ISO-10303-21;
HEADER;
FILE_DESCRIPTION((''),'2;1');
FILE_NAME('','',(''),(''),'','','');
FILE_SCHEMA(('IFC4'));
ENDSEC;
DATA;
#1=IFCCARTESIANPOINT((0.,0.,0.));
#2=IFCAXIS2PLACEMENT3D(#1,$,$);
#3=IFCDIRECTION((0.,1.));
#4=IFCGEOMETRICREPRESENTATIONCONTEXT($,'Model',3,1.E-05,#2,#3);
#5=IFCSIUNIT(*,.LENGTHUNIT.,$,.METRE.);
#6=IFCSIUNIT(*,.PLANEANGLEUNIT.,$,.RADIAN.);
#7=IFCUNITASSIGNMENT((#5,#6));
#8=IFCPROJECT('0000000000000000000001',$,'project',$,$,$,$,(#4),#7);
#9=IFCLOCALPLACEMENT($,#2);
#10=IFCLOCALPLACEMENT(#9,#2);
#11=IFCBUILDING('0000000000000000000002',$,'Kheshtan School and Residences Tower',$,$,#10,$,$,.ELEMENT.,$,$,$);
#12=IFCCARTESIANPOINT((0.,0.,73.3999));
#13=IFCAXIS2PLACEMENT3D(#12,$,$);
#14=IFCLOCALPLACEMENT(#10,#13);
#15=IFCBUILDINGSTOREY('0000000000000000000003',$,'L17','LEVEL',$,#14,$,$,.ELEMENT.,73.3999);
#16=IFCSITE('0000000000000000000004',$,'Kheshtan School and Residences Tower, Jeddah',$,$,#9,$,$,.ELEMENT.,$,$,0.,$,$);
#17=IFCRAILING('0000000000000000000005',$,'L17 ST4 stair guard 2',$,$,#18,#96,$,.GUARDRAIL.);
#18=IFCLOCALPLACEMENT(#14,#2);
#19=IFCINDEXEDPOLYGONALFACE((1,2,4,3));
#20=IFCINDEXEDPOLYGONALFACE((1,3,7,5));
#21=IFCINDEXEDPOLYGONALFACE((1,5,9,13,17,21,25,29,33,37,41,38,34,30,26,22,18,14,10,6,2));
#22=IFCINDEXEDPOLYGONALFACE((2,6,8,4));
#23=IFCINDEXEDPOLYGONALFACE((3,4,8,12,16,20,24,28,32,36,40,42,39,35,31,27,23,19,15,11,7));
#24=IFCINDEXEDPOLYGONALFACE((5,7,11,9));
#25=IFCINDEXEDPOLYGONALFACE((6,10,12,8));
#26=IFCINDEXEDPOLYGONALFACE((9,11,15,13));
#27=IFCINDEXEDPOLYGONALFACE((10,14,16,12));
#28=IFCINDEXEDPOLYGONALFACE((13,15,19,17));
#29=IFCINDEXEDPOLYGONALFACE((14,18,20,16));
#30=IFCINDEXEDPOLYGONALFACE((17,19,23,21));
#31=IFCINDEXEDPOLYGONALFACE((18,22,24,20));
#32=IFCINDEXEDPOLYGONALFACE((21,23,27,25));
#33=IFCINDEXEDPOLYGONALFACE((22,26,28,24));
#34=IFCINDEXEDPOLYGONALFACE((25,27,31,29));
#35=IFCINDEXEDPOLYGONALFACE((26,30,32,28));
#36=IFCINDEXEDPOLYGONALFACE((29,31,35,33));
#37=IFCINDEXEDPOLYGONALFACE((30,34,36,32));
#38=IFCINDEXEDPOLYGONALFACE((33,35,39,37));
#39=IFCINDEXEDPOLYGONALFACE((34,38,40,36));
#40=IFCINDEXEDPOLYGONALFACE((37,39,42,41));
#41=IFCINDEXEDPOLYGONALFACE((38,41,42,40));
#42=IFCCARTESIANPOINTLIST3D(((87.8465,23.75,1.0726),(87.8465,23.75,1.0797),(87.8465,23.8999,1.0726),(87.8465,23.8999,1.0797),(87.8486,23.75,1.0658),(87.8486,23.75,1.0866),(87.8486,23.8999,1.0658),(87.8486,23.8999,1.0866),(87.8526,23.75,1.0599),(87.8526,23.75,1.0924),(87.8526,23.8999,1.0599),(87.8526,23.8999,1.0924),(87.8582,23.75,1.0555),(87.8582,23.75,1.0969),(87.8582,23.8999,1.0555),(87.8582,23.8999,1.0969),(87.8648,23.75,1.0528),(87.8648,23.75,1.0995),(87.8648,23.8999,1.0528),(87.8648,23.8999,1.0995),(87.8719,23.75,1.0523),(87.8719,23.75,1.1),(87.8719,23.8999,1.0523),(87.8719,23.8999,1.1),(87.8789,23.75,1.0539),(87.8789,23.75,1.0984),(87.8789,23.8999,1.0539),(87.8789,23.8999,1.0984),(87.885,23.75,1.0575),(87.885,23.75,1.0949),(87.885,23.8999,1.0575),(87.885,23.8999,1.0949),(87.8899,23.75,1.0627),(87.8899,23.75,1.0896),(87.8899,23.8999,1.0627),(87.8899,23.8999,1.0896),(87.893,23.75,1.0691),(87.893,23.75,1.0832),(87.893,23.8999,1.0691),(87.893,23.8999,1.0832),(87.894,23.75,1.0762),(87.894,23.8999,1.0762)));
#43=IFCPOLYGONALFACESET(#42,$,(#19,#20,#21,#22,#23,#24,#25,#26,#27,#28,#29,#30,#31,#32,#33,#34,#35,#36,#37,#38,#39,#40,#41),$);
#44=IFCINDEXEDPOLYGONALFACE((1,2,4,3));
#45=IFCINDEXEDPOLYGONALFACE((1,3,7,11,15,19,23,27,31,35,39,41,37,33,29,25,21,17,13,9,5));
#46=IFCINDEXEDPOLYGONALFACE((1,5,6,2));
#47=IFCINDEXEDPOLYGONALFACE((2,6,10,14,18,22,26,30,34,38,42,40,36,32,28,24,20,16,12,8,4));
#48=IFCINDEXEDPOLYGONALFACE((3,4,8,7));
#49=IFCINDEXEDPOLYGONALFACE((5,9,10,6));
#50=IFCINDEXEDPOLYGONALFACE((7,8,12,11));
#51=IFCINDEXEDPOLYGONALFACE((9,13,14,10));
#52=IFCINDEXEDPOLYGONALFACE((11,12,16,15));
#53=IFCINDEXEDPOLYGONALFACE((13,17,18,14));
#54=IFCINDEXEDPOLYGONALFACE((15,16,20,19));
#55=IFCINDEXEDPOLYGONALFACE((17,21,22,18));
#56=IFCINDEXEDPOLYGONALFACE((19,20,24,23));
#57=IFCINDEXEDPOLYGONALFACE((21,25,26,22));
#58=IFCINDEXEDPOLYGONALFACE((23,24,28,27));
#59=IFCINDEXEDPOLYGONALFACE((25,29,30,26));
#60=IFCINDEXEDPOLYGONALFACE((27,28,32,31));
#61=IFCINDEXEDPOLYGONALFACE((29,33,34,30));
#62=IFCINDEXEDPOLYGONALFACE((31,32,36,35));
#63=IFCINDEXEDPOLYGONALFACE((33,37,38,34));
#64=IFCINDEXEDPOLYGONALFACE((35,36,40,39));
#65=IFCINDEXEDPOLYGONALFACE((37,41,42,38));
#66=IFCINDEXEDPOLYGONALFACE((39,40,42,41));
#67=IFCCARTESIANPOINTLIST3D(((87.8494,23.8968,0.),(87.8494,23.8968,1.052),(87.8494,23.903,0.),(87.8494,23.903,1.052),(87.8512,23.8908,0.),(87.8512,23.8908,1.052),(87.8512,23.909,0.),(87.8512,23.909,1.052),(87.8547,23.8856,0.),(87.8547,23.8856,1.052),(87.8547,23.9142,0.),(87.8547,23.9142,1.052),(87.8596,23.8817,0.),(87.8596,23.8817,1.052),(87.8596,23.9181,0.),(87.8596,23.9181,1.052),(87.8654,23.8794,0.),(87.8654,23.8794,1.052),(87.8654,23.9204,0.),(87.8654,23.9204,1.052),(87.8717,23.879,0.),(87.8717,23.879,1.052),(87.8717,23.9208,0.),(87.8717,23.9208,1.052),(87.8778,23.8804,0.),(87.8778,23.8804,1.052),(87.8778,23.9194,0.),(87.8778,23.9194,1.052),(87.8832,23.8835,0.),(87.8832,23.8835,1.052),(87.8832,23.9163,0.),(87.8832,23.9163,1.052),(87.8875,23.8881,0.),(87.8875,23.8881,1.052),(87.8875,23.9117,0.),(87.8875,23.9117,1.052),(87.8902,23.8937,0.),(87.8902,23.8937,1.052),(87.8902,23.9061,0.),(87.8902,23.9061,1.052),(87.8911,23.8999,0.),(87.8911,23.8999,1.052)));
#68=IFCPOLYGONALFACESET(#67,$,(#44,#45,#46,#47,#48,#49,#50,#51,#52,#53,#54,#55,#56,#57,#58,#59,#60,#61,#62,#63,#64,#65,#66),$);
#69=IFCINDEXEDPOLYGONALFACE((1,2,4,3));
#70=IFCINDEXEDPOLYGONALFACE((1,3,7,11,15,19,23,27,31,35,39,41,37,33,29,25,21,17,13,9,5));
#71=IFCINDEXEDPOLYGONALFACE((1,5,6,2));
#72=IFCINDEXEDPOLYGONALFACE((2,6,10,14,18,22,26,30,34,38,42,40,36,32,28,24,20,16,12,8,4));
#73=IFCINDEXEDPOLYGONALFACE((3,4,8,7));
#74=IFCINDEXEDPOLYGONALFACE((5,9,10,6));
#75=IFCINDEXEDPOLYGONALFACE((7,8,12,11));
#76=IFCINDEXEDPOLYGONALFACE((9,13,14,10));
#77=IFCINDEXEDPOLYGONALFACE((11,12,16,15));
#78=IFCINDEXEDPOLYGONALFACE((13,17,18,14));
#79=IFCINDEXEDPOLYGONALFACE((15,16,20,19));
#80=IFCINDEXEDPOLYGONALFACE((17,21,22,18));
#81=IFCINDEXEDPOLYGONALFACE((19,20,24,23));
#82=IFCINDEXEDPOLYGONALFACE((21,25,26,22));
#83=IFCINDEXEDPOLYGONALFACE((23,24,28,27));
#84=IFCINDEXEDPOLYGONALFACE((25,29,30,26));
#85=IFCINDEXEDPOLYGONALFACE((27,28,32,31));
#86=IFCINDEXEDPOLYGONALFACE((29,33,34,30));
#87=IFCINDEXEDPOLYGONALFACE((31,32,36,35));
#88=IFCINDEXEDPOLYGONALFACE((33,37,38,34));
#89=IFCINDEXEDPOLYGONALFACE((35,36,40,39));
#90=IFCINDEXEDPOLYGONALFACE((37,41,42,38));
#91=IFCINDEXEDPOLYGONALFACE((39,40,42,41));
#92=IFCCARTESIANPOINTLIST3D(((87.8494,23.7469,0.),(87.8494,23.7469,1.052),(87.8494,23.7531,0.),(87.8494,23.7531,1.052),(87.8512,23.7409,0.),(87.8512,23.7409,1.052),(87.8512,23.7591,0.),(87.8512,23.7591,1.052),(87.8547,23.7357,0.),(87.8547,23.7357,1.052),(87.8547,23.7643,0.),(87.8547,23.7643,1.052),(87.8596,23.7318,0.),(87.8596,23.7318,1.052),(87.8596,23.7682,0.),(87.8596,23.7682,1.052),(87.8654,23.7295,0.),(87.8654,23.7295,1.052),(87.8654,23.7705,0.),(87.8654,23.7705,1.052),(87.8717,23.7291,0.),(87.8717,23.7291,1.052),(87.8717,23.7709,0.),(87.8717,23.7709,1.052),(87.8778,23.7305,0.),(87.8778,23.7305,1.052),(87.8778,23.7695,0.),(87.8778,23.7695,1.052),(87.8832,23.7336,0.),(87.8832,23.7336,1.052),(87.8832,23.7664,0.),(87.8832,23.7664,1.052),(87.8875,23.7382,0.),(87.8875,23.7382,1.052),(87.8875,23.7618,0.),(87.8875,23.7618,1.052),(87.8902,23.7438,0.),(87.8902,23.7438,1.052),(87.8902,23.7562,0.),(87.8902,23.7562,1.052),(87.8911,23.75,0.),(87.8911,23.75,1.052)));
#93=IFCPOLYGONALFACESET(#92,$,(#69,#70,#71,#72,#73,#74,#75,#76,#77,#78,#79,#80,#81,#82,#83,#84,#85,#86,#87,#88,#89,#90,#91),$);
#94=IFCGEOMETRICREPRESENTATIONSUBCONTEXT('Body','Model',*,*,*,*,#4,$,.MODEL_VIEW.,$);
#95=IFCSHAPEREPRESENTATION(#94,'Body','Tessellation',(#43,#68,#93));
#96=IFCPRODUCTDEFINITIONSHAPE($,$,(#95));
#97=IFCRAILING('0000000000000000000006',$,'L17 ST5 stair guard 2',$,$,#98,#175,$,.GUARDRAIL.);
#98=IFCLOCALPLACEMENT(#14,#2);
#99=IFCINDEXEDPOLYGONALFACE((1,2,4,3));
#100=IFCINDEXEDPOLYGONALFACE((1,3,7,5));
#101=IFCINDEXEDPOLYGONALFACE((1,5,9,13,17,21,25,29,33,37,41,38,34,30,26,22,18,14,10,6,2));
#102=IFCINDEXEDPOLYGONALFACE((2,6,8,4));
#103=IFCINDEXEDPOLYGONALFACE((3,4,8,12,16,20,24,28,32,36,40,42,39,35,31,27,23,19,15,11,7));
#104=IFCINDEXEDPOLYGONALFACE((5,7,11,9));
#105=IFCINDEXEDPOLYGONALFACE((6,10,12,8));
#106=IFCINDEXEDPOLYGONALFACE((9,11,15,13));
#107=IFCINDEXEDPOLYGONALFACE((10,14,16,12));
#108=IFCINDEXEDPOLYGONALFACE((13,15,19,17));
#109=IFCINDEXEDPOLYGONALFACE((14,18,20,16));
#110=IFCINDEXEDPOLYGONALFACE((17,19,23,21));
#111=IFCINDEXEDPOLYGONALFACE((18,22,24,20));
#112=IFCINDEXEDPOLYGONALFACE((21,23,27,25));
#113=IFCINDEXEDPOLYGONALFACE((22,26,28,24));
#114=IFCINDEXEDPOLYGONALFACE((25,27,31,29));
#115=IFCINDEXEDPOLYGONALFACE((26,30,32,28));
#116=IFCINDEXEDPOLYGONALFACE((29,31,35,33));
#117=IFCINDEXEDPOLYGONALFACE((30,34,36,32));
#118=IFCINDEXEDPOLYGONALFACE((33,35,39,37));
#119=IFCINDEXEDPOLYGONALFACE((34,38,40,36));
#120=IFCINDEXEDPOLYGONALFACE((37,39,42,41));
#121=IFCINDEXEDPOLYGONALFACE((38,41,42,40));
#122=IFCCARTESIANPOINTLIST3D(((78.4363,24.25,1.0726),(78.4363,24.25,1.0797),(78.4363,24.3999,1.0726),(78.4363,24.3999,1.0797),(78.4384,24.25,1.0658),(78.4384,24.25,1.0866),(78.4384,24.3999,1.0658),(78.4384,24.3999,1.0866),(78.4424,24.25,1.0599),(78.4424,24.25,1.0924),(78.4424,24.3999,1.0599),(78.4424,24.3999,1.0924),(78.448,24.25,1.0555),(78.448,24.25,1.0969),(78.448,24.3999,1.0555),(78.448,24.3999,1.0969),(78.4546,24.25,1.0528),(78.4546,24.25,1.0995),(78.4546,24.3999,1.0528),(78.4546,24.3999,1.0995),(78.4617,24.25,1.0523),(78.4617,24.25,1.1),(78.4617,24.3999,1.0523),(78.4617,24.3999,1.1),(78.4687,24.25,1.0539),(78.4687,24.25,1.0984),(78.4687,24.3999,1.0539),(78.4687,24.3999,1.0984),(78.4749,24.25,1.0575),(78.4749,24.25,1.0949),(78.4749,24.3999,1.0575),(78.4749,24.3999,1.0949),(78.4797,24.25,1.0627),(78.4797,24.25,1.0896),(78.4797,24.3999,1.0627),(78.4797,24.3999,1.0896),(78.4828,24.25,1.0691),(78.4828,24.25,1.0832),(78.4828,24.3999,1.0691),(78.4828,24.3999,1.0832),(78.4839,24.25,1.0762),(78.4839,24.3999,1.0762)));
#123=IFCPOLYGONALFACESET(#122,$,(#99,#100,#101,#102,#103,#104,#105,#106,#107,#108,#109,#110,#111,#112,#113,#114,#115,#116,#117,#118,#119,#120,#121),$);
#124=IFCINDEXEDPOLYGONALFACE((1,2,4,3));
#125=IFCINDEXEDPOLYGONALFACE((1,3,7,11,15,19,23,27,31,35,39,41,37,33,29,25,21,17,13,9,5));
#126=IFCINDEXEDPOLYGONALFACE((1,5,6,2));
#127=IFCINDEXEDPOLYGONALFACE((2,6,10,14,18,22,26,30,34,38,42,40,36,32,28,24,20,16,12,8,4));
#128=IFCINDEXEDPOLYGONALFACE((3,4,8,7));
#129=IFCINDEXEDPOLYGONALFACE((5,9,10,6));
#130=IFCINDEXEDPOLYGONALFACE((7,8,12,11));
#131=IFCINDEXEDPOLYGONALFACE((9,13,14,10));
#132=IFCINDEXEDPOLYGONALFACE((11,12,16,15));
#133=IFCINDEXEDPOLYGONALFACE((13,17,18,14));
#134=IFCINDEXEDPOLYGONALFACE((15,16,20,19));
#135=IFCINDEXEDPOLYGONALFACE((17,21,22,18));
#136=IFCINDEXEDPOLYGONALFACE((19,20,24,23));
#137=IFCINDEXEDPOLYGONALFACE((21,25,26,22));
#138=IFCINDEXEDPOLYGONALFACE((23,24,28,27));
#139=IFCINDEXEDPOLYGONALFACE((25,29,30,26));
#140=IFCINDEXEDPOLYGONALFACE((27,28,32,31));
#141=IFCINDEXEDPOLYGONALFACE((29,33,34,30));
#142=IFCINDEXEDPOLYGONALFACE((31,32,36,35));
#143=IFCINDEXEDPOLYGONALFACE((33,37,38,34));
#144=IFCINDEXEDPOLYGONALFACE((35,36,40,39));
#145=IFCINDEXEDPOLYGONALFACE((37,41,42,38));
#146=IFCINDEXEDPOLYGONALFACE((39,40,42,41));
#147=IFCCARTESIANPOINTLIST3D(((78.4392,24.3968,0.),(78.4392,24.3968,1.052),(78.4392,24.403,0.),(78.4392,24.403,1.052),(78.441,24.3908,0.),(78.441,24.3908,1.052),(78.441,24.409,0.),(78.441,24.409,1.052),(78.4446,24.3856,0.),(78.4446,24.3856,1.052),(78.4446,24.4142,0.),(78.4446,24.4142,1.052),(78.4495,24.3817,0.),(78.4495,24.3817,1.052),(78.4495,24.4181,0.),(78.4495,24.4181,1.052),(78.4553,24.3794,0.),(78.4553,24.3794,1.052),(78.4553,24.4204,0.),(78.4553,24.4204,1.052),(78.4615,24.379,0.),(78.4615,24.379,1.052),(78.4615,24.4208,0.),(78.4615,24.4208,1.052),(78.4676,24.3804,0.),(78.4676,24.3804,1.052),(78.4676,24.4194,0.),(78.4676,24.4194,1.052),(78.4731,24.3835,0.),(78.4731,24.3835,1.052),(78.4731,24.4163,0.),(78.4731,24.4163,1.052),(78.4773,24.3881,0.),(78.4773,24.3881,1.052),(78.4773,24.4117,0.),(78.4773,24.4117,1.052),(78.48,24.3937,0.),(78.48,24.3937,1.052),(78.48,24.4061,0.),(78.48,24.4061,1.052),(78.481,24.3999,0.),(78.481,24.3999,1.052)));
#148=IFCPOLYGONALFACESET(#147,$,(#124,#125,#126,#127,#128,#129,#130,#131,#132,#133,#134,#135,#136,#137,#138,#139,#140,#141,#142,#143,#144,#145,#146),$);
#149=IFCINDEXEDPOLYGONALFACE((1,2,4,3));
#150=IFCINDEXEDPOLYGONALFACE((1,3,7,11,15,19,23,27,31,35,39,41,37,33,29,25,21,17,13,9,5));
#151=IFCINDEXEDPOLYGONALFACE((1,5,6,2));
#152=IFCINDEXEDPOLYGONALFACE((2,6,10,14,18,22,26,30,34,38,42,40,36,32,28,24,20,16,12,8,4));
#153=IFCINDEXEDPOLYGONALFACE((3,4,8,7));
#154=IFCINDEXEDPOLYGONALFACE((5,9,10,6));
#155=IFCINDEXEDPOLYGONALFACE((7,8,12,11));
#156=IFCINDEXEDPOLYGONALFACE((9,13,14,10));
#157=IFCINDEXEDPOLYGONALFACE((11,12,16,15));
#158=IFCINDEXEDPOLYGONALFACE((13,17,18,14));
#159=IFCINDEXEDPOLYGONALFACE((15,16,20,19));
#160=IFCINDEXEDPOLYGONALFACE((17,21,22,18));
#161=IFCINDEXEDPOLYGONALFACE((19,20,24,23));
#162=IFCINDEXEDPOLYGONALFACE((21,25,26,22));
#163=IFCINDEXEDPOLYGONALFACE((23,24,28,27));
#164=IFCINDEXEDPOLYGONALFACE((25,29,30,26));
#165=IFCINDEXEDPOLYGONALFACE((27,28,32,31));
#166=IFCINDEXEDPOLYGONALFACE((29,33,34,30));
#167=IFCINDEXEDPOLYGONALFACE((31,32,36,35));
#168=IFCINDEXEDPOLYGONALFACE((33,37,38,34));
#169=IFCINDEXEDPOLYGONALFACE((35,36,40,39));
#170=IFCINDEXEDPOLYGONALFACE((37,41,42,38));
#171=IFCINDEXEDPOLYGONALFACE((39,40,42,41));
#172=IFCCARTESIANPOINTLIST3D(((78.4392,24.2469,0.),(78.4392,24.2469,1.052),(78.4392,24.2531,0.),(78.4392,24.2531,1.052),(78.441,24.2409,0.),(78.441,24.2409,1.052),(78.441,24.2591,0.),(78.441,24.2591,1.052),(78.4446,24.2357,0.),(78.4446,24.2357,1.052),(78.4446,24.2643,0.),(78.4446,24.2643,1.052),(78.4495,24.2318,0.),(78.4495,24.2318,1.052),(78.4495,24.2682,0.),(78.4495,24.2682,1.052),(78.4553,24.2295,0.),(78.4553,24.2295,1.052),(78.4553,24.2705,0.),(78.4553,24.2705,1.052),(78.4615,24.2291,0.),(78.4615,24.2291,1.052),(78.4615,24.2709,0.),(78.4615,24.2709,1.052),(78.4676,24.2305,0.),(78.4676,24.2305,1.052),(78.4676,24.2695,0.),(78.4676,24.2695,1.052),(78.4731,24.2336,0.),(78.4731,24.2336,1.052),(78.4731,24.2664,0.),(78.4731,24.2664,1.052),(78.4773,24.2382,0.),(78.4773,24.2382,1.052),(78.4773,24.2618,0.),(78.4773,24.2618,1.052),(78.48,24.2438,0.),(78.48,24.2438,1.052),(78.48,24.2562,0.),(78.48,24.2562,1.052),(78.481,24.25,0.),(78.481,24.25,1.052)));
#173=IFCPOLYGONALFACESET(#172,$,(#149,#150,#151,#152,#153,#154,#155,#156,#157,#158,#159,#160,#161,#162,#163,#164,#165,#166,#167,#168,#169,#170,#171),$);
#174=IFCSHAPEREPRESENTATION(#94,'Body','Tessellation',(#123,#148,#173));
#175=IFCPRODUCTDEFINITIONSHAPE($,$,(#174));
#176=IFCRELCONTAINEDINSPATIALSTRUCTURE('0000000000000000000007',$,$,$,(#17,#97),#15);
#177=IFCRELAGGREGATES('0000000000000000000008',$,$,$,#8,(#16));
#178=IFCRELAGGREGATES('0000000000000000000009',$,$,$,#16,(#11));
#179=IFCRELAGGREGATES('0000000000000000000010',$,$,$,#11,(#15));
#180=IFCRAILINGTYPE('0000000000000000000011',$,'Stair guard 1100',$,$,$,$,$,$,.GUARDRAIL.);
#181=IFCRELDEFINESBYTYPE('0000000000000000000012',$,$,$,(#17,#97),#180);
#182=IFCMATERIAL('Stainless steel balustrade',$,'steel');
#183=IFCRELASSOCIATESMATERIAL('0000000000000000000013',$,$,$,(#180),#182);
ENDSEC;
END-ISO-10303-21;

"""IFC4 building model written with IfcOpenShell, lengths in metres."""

from ifc_helpers import new_model, si_unit, direction, frame, origin, origin_2d, place, context, subcontext, project, spatial, circle, extrude, material, type_object, element, save


model = new_model("IFC4")

# Units and contexts
model_context = context("Model", 3, precision=1e-05, world=origin(), true_north=direction((0.0, 1.0)))
body_context = subcontext(model_context, "Body", "Model", "MODEL_VIEW")
ifc_project = project(units=[si_unit("LENGTHUNIT", "METRE"), si_unit("PLANEANGLEUNIT", "RADIAN")], contexts=[model_context])

# Site, building, storey
site_placement = place(None, origin())
site = spatial("IfcSite", under=ifc_project, at=site_placement, Name="Kheshtan School and Residences Tower, Jeddah", CompositionType="ELEMENT", RefElevation=0.0)
building_placement = place(site_placement, origin())
building = spatial("IfcBuilding", under=site, at=building_placement, Name="Kheshtan School and Residences Tower", CompositionType="ELEMENT")
storey_placement = place(building_placement, frame((0.0, 0.0, 73.3999)))
storey = spatial("IfcBuildingStorey", under=building, at=storey_placement, Name="L17", Description="LEVEL", CompositionType="ELEMENT", Elevation=73.3999)

# Railings
ifc_material_1 = material(Name="Stainless steel balustrade", Category="steel")
railing_type_1 = type_object("IfcRailingType", Name="Stair guard 1100", PredefinedType="GUARDRAIL", material=ifc_material_1)
for number, where, name in (
    (1, (87.8701, 23.8999, 0.0), "L17 ST4 stair guard 2"),
    (2, (78.46, 24.3999, 0.0), "L17 ST5 stair guard 2"),
):
    element("IfcRailing", number, at=place(storey_placement, frame(where)), inside=storey, type_object=railing_type_1, Name=name, PredefinedType="GUARDRAIL", context=body_context, shape_type="SweptSolid", body=[
        extrude(circle(Radius=0.0239, at=origin_2d()), frame((0.0, 0.0, 1.0762), z_axis=(0.0, -1.0, 0.0), x_axis=(1.0, 0.0, 0.0)), (0.0, 0.0, 1.0), 0.1499),
        extrude(circle(Radius=0.021, at=origin_2d()), origin(), (0.0, 0.0, 1.0), 1.052),
        extrude(circle(Radius=0.021, at=origin_2d()), frame((0.0, -0.1499, 0.0)), (0.0, 0.0, 1.0), 1.052),
    ])

save(model, "model.ifc")
